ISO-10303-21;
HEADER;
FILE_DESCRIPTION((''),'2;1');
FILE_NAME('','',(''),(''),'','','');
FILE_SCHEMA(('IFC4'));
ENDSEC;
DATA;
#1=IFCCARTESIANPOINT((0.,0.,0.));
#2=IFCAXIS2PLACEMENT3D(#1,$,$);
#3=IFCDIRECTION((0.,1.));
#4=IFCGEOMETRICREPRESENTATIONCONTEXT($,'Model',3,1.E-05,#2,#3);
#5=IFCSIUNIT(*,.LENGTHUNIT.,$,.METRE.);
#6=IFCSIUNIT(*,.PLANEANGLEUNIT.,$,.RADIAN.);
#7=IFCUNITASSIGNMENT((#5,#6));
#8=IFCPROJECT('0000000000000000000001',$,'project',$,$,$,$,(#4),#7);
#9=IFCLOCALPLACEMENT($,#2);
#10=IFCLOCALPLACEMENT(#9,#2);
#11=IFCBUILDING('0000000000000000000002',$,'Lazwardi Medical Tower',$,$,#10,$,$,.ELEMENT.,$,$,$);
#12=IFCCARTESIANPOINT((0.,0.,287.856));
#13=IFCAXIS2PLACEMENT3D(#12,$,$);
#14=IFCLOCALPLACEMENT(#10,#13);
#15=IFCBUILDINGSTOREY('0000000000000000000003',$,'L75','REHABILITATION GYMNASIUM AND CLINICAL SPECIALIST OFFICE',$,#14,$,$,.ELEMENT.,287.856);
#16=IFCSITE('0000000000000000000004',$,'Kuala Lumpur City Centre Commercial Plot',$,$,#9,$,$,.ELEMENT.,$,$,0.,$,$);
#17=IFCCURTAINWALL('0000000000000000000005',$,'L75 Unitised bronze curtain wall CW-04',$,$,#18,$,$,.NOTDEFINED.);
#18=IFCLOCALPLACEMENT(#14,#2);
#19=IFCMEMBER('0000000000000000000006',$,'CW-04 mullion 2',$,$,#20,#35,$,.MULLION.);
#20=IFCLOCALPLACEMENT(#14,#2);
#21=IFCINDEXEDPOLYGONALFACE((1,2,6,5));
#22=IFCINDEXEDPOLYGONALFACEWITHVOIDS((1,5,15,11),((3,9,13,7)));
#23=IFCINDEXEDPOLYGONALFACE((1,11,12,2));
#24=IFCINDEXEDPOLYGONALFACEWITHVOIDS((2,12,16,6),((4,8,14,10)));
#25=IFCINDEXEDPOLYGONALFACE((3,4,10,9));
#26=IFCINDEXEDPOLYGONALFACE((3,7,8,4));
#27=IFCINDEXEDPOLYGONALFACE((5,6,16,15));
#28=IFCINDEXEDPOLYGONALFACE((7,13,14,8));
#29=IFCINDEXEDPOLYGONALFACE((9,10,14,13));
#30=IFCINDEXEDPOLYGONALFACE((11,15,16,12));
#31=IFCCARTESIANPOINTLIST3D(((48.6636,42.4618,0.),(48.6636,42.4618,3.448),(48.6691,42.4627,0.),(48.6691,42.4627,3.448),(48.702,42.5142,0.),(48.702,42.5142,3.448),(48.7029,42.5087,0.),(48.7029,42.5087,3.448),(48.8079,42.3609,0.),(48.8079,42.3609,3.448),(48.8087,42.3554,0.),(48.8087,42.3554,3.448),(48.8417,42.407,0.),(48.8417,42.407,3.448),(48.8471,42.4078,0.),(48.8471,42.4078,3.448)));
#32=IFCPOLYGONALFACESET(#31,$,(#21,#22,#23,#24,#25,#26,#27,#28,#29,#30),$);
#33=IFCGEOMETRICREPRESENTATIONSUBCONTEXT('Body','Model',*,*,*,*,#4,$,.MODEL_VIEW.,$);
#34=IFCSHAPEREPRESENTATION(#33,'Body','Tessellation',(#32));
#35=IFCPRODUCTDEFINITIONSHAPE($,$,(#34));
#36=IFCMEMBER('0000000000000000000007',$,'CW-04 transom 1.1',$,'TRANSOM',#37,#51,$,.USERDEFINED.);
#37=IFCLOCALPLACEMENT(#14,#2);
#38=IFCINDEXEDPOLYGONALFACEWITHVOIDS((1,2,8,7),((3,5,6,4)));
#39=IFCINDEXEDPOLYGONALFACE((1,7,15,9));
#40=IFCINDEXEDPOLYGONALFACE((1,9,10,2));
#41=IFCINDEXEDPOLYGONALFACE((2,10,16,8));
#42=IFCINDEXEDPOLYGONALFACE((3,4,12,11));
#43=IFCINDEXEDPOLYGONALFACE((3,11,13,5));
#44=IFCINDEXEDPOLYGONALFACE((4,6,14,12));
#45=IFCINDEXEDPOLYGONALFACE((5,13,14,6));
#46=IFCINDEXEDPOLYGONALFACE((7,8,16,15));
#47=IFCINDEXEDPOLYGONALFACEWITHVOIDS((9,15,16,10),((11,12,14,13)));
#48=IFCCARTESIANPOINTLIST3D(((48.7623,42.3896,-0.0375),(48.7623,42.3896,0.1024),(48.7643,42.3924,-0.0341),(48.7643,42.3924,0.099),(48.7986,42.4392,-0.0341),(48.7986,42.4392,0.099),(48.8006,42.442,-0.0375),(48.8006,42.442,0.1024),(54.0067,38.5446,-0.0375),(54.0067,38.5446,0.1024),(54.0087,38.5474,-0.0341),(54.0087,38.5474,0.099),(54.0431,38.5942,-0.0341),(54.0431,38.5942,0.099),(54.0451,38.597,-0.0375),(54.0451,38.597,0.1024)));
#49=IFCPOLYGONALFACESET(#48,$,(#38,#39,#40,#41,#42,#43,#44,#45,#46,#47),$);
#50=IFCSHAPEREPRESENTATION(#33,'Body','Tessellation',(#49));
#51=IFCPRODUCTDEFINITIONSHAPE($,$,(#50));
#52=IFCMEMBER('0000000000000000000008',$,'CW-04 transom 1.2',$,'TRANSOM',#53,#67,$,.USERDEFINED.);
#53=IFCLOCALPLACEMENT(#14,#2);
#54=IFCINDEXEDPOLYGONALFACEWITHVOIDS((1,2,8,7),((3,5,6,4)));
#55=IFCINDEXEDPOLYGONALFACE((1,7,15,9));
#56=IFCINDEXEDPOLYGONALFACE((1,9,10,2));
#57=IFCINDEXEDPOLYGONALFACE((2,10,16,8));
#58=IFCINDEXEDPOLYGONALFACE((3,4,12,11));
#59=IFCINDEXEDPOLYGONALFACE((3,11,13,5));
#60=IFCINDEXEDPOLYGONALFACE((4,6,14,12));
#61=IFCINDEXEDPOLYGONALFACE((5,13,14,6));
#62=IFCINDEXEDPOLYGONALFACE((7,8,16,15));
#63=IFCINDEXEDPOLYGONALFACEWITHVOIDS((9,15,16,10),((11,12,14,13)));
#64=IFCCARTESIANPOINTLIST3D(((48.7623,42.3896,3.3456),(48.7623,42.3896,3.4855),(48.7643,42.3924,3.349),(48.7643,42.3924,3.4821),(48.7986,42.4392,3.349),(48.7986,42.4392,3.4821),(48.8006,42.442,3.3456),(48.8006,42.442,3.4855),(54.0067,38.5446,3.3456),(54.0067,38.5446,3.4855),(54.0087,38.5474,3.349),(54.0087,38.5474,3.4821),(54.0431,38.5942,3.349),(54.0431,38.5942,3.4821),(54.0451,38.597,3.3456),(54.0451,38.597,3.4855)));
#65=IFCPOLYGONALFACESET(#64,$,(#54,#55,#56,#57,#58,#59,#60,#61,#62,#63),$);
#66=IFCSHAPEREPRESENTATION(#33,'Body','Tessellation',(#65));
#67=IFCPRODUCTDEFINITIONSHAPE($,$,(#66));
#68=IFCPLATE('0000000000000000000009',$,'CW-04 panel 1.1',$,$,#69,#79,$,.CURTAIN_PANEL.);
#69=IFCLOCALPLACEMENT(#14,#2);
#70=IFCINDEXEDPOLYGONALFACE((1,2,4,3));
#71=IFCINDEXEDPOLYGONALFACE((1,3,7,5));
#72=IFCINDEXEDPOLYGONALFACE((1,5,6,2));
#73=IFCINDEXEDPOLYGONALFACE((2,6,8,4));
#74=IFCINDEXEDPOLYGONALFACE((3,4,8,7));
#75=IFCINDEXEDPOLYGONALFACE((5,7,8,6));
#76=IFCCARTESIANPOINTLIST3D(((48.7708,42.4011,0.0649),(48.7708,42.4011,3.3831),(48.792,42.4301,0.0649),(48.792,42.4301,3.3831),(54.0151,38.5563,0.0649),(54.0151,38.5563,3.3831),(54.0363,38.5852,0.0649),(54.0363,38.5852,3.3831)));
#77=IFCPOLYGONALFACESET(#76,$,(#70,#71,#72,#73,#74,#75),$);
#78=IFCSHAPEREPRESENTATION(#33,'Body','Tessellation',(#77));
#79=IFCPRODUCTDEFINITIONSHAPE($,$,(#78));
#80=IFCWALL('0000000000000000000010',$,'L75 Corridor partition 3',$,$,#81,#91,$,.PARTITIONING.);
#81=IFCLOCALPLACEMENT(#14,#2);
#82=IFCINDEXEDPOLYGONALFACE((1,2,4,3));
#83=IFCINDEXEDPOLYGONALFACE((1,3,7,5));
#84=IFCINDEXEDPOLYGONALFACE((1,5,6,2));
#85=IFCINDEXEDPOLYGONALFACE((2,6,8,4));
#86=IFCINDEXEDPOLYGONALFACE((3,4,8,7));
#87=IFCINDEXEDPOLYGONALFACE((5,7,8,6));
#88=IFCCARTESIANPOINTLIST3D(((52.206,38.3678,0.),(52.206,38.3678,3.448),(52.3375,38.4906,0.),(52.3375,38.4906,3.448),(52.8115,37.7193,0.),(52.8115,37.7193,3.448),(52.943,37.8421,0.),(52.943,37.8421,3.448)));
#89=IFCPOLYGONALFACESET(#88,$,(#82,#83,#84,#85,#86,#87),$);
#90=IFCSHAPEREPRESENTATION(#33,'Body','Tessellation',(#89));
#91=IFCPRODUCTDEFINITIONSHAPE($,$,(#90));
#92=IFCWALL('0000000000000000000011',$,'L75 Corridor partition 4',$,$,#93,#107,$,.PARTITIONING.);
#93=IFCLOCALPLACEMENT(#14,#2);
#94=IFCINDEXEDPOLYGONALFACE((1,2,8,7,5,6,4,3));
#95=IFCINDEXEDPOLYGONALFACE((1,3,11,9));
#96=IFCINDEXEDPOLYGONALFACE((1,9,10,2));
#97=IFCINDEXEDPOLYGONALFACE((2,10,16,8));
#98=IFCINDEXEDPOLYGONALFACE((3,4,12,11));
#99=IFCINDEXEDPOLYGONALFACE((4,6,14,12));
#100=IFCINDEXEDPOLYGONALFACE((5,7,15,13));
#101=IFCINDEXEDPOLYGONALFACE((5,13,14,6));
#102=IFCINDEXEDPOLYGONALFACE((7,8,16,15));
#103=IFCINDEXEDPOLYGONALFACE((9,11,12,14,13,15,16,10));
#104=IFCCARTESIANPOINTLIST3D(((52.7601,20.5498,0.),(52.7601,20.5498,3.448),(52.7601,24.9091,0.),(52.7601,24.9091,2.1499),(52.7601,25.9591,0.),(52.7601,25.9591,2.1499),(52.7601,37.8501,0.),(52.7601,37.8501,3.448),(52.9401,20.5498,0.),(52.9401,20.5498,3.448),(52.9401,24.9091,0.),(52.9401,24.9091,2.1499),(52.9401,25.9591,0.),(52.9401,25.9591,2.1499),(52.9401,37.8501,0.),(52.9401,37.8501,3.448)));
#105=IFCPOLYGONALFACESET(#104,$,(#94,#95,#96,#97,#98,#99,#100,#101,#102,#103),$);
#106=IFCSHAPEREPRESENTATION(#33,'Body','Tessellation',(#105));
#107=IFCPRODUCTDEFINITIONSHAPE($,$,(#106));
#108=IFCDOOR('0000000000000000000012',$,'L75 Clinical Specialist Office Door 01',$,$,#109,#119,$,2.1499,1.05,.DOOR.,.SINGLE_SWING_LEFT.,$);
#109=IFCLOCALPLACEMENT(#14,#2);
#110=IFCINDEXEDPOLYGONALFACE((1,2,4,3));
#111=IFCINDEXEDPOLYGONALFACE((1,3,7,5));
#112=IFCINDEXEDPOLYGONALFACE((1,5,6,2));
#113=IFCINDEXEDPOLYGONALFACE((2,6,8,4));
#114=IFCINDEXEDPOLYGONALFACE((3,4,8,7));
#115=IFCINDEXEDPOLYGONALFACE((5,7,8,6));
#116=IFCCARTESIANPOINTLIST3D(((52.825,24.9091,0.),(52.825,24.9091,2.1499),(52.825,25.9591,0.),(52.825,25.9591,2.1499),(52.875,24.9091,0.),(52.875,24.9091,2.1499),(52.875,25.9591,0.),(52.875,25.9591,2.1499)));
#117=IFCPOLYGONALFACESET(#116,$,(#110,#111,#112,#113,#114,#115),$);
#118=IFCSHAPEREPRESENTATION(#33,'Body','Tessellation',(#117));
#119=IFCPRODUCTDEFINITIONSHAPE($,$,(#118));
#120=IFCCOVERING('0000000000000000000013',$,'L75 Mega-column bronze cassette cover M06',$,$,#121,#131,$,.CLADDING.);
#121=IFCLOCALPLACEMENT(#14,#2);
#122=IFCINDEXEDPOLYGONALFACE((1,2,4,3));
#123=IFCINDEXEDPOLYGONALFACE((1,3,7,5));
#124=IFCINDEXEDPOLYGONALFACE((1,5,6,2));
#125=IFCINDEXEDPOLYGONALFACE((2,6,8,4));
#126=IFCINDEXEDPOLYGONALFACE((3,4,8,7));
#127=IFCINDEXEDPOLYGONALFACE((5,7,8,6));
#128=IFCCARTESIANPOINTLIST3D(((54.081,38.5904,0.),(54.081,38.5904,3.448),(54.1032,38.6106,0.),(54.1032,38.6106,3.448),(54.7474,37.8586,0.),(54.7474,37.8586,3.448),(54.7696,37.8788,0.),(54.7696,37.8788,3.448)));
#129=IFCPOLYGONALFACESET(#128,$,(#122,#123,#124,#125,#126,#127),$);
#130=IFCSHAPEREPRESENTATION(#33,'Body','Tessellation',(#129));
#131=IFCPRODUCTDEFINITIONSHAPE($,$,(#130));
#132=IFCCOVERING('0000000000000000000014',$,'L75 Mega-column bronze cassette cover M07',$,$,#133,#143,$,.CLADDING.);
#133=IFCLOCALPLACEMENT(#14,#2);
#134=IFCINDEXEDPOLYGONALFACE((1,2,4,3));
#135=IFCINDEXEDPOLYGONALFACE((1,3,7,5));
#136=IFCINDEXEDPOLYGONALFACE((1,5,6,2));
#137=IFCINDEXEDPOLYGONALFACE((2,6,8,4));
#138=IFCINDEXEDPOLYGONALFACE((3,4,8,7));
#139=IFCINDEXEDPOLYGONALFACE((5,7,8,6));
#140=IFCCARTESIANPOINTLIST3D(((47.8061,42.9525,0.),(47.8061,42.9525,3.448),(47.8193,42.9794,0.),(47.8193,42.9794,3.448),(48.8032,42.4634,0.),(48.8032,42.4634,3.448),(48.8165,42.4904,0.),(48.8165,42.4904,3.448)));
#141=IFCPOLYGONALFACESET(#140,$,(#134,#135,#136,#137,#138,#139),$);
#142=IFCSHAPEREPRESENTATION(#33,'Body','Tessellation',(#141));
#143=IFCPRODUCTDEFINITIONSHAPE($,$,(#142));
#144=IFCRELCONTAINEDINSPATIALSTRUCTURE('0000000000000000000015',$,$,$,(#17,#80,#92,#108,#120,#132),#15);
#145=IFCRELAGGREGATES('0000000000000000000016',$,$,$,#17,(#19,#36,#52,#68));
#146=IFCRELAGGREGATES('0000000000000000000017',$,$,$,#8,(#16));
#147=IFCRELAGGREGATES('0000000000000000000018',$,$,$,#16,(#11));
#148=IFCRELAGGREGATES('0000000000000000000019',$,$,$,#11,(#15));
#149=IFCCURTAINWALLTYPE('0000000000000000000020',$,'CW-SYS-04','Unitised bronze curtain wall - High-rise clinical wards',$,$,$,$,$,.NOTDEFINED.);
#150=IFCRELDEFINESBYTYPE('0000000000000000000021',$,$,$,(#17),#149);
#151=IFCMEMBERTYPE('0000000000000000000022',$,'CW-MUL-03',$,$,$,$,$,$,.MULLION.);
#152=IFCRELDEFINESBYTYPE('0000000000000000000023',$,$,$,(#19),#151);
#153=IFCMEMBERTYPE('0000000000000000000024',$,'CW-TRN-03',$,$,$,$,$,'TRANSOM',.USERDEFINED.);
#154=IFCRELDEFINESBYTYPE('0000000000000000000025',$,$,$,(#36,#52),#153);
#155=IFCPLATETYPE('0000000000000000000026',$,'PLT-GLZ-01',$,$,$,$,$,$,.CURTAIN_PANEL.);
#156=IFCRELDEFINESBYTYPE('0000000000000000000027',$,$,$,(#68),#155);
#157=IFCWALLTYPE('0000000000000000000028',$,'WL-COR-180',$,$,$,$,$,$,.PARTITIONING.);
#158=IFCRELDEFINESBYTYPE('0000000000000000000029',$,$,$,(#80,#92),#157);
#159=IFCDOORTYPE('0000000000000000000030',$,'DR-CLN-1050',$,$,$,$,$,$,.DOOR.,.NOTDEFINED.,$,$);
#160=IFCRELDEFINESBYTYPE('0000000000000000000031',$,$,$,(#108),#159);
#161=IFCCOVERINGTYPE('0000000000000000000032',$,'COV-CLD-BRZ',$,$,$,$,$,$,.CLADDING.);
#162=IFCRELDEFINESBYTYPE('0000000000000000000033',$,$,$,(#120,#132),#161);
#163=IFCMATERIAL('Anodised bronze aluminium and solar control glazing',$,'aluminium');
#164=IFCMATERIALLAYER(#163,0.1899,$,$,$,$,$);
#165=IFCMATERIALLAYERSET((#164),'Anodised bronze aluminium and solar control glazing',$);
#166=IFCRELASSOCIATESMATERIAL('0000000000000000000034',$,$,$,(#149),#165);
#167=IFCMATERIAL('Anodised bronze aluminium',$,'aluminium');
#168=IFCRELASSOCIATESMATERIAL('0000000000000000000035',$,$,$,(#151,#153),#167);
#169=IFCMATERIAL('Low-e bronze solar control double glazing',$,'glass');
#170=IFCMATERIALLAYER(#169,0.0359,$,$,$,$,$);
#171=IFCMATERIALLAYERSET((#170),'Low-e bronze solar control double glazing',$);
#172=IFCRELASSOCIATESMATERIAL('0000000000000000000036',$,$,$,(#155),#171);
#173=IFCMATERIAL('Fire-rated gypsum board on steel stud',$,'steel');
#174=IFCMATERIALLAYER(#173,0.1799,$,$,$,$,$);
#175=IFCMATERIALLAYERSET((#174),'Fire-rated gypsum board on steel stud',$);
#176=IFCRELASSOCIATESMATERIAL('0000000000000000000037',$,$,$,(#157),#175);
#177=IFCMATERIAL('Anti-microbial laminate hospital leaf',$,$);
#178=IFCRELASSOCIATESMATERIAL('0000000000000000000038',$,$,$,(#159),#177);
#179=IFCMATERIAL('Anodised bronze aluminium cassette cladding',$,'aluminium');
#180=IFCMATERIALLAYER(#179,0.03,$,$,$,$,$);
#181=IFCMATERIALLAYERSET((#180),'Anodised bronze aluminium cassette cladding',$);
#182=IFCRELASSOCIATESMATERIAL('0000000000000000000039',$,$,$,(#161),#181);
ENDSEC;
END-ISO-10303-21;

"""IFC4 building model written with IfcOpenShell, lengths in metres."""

from ifc_helpers import new_model, si_unit, direction, frame, frame_2d, origin, origin_2d, place, context, subcontext, project, spatial, rectangle, hollow_rectangle, extrude, material, layer, layer_set, material_profile, profile_set, type_object, element, fill, aggregate, save


model = new_model("IFC4")

# Units and contexts
model_context = context("Model", 3, precision=1e-05, world=origin(), true_north=direction((0.0, 1.0)))
body_context = subcontext(model_context, "Body", "Model", "MODEL_VIEW")
ifc_project = project(units=[si_unit("LENGTHUNIT", "METRE"), si_unit("PLANEANGLEUNIT", "RADIAN")], contexts=[model_context])

# Site, building, storey
site_placement = place(None, origin())
site = spatial("IfcSite", under=ifc_project, at=site_placement, Name="Kuala Lumpur City Centre Commercial Plot", CompositionType="ELEMENT", RefElevation=0.0)
building_placement = place(site_placement, origin())
building = spatial("IfcBuilding", under=site, at=building_placement, Name="Lazwardi Medical Tower", CompositionType="ELEMENT")
storey_placement = place(building_placement, frame((0.0, 0.0, 287.856)))
storey = spatial("IfcBuildingStorey", under=building, at=storey_placement, Name="L75", Description="REHABILITATION GYMNASIUM AND CLINICAL SPECIALIST OFFICE", CompositionType="ELEMENT", Elevation=287.856)

# Shared definitions
ifc_material_1 = material(Name="Anodised bronze aluminium and solar control glazing", Category="aluminium")
ifc_layer_1 = layer(ifc_material_1, 0.1899)
ifc_layer_set_1 = layer_set([ifc_layer_1], Name="Anodised bronze aluminium and solar control glazing")
curtain_wall_type = type_object("IfcCurtainWallType", Name="CW-SYS-04", Description="Unitised bronze curtain wall - High-rise clinical wards", PredefinedType="NOTDEFINED", material=ifc_layer_set_1)
ifc_material_2 = material(Name="Anodised bronze aluminium", Category="aluminium")
ifc_material_profile_1 = material_profile(ifc_material_2, hollow_rectangle(XDim=0.0649, YDim=0.1799, WallThickness=0.0039, at=origin_2d()), Name="ALU-MULLION 180x65x4")
ifc_profile_set_1 = profile_set([ifc_material_profile_1], Name="Anodised bronze aluminium")
member_type_1 = type_object("IfcMemberType", Name="CW-MUL-03", PredefinedType="MULLION", material=ifc_profile_set_1)

# Curtain wall, members, plate
curtain_wall_1_placement = place(storey_placement, origin())
curtain_wall_1 = element("IfcCurtainWall", 1, at=curtain_wall_1_placement, inside=storey, type_object=curtain_wall_type, Name="L75 Unitised bronze curtain wall CW-04", PredefinedType="NOTDEFINED")
member_1_placement = place(storey_placement, frame((48.7554, 42.4348, 0.0), z_axis=(0.0, 0.0, 1.0), x_axis=(-0.591268, -0.806475, 0.0)))
member_1 = element("IfcMember", 2, at=member_1_placement, type_object=member_type_1, Name="CW-04 mullion 2", PredefinedType="MULLION", context=body_context, shape_type="SweptSolid", body=[
    extrude(hollow_rectangle(XDim=0.0649, YDim=0.1799, WallThickness=0.0039, at=origin_2d()), origin(), (0.0, 0.0, 1.0), 3.448),
])
ifc_material_profile_2 = material_profile(ifc_material_2, hollow_rectangle(XDim=0.0649, YDim=0.1399, WallThickness=0.0034, at=origin_2d()), Name="ALU-TRANSOM 140x65x3.5")
ifc_profile_set_2 = profile_set([ifc_material_profile_2], Name="Anodised bronze aluminium")
member_type_2 = type_object("IfcMemberType", Name="CW-TRN-03", ElementType="TRANSOM", PredefinedType="USERDEFINED", material=ifc_profile_set_2)
member_2_placement = place(storey_placement, frame((54.0259, 38.5708, 0.0325), z_axis=(-0.806472, 0.591273, 0.0), x_axis=(-0.591273, -0.806472, 0.0)))
member_2 = element("IfcMember", 3, at=member_2_placement, type_object=member_type_2, Name="CW-04 transom 1.1", ObjectType="TRANSOM", PredefinedType="USERDEFINED", context=body_context, shape_type="SweptSolid", body=[
    extrude(hollow_rectangle(XDim=0.0649, YDim=0.1399, WallThickness=0.0034, at=origin_2d()), origin(), (0.0, 0.0, 1.0), 6.5029),
])
member_3_placement = place(storey_placement, frame((54.0259, 38.5708, 3.4155), z_axis=(-0.806472, 0.591273, 0.0), x_axis=(-0.591273, -0.806472, 0.0)))
member_3 = element("IfcMember", 4, at=member_3_placement, type_object=member_type_2, Name="CW-04 transom 1.2", ObjectType="TRANSOM", PredefinedType="USERDEFINED", context=body_context, shape_type="SweptSolid", body=[
    extrude(hollow_rectangle(XDim=0.0649, YDim=0.1399, WallThickness=0.0034, at=origin_2d()), origin(), (0.0, 0.0, 1.0), 6.5029),
])
ifc_material_3 = material(Name="Low-e bronze solar control double glazing", Category="glass")
ifc_layer_2 = layer(ifc_material_3, 0.0359)
ifc_layer_set_2 = layer_set([ifc_layer_2], Name="Low-e bronze solar control double glazing")
plate_type = type_object("IfcPlateType", Name="PLT-GLZ-01", PredefinedType="CURTAIN_PANEL", material=ifc_layer_set_2)
plate_placement = place(storey_placement, frame((51.4036, 40.4932, 0.0649), z_axis=(0.0, 0.0, 1.0), x_axis=(-0.806475, 0.591268, 0.0)))
plate = element("IfcPlate", 5, at=plate_placement, type_object=plate_type, Name="CW-04 panel 1.1", PredefinedType="CURTAIN_PANEL", context=body_context, shape_type="SweptSolid", body=[
    extrude(rectangle(XDim=6.5027, YDim=0.0359, at=origin_2d()), origin(), (0.0, 0.0, 1.0), 3.3181),
])
aggregate(curtain_wall_1, [member_1, member_2, member_3, plate])

# Wall
ifc_material_4 = material(Name="Fire-rated gypsum board on steel stud", Category="steel")
ifc_layer_3 = layer(ifc_material_4, 0.1799)
ifc_layer_set_3 = layer_set([ifc_layer_3], Name="Fire-rated gypsum board on steel stud")
wall_type = type_object("IfcWallType", Name="WL-COR-180", PredefinedType="PARTITIONING", material=ifc_layer_set_3)
wall_1_placement = place(storey_placement, frame((52.2717, 38.4292, 0.0), z_axis=(0.0, 0.0, 1.0), x_axis=(0.682475, -0.730909, 0.0)))
element("IfcWall", 6, at=wall_1_placement, inside=storey, type_object=wall_type, Name="L75 Corridor partition 3", PredefinedType="PARTITIONING", context=body_context, shape_type="SweptSolid", body=[
    extrude(rectangle(XDim=0.8872, YDim=0.1799, at=frame_2d((0.4436, 0.0))), origin(), (0.0, 0.0, 1.0), 3.448),
])

# Wall, opening, door
wall_2_placement = place(storey_placement, frame((52.8501, 37.8501, 0.0), z_axis=(0.0, 0.0, 1.0), x_axis=(0.0, -1.0, 0.0)))
wall_2 = element("IfcWall", 7, at=wall_2_placement, inside=storey, type_object=wall_type, Name="L75 Corridor partition 4", PredefinedType="PARTITIONING", context=body_context, shape_type="SweptSolid", body=[
    extrude(rectangle(XDim=17.3003, YDim=0.1799, at=frame_2d((8.6501, 0.0))), origin(), (0.0, 0.0, 1.0), 3.448),
])
opening_placement = place(wall_2_placement, frame((11.8911, 0.0, 0.0)))
opening = element("IfcOpeningElement", 8, at=opening_placement, cuts=wall_2, PredefinedType="OPENING", context=body_context, shape_type="SweptSolid", body=[
    extrude(rectangle(XDim=1.05, YDim=2.1499, at=frame_2d((0.5249, 1.075))), frame((0.0, 0.0999, 0.0), z_axis=(0.0, -1.0, 0.0), x_axis=(1.0, 0.0, 0.0)), (0.0, 0.0, 1.0), 0.2),
])
ifc_material_5 = material(Name="Anti-microbial laminate hospital leaf")
door_type = type_object("IfcDoorType", Name="DR-CLN-1050", OperationType="NOTDEFINED", PredefinedType="DOOR", material=ifc_material_5)
door_placement = place(opening_placement, origin())
door = element("IfcDoor", 9, at=door_placement, inside=storey, type_object=door_type, Name="L75 Clinical Specialist Office Door 01", OperationType="SINGLE_SWING_LEFT", OverallHeight=2.1499, OverallWidth=1.05, PredefinedType="DOOR", context=body_context, shape_type="SweptSolid", body=[
    extrude(rectangle(XDim=1.05, YDim=2.1499, at=frame_2d((0.5249, 1.075))), frame((0.0, 0.0249, 0.0), z_axis=(0.0, -1.0, 0.0), x_axis=(1.0, 0.0, 0.0)), (0.0, 0.0, 1.0), 0.05),
])
fill(opening, door)

# Coverings
ifc_material_6 = material(Name="Anodised bronze aluminium cassette cladding", Category="aluminium")
ifc_layer_4 = layer(ifc_material_6, 0.03)
ifc_layer_set_4 = layer_set([ifc_layer_4], Name="Anodised bronze aluminium cassette cladding")
covering_type = type_object("IfcCoveringType", Name="COV-CLD-BRZ", PredefinedType="CLADDING", material=ifc_layer_set_4)
covering_1_placement = place(storey_placement, frame((54.4253, 38.2346, 0.0), z_axis=(0.0, 0.0, 1.0), x_axis=(-0.673241, 0.739423, 0.0)))
element("IfcCovering", 10, at=covering_1_placement, inside=storey, type_object=covering_type, Name="L75 Mega-column bronze cassette cover M06", PredefinedType="CLADDING", context=body_context, shape_type="SweptSolid", body=[
    extrude(rectangle(XDim=0.9897, YDim=0.03, at=origin_2d()), origin(), (0.0, 0.0, 1.0), 3.448),
])
covering_2_placement = place(storey_placement, frame((48.3113, 42.7214, 0.0), z_axis=(0.0, 0.0, 1.0), x_axis=(-0.89784, 0.440322, 0.0)))
element("IfcCovering", 11, at=covering_2_placement, inside=storey, type_object=covering_type, Name="L75 Mega-column bronze cassette cover M07", PredefinedType="CLADDING", context=body_context, shape_type="SweptSolid", body=[
    extrude(rectangle(XDim=1.1106, YDim=0.03, at=origin_2d()), origin(), (0.0, 0.0, 1.0), 3.448),
])

save(model, "model.ifc")
